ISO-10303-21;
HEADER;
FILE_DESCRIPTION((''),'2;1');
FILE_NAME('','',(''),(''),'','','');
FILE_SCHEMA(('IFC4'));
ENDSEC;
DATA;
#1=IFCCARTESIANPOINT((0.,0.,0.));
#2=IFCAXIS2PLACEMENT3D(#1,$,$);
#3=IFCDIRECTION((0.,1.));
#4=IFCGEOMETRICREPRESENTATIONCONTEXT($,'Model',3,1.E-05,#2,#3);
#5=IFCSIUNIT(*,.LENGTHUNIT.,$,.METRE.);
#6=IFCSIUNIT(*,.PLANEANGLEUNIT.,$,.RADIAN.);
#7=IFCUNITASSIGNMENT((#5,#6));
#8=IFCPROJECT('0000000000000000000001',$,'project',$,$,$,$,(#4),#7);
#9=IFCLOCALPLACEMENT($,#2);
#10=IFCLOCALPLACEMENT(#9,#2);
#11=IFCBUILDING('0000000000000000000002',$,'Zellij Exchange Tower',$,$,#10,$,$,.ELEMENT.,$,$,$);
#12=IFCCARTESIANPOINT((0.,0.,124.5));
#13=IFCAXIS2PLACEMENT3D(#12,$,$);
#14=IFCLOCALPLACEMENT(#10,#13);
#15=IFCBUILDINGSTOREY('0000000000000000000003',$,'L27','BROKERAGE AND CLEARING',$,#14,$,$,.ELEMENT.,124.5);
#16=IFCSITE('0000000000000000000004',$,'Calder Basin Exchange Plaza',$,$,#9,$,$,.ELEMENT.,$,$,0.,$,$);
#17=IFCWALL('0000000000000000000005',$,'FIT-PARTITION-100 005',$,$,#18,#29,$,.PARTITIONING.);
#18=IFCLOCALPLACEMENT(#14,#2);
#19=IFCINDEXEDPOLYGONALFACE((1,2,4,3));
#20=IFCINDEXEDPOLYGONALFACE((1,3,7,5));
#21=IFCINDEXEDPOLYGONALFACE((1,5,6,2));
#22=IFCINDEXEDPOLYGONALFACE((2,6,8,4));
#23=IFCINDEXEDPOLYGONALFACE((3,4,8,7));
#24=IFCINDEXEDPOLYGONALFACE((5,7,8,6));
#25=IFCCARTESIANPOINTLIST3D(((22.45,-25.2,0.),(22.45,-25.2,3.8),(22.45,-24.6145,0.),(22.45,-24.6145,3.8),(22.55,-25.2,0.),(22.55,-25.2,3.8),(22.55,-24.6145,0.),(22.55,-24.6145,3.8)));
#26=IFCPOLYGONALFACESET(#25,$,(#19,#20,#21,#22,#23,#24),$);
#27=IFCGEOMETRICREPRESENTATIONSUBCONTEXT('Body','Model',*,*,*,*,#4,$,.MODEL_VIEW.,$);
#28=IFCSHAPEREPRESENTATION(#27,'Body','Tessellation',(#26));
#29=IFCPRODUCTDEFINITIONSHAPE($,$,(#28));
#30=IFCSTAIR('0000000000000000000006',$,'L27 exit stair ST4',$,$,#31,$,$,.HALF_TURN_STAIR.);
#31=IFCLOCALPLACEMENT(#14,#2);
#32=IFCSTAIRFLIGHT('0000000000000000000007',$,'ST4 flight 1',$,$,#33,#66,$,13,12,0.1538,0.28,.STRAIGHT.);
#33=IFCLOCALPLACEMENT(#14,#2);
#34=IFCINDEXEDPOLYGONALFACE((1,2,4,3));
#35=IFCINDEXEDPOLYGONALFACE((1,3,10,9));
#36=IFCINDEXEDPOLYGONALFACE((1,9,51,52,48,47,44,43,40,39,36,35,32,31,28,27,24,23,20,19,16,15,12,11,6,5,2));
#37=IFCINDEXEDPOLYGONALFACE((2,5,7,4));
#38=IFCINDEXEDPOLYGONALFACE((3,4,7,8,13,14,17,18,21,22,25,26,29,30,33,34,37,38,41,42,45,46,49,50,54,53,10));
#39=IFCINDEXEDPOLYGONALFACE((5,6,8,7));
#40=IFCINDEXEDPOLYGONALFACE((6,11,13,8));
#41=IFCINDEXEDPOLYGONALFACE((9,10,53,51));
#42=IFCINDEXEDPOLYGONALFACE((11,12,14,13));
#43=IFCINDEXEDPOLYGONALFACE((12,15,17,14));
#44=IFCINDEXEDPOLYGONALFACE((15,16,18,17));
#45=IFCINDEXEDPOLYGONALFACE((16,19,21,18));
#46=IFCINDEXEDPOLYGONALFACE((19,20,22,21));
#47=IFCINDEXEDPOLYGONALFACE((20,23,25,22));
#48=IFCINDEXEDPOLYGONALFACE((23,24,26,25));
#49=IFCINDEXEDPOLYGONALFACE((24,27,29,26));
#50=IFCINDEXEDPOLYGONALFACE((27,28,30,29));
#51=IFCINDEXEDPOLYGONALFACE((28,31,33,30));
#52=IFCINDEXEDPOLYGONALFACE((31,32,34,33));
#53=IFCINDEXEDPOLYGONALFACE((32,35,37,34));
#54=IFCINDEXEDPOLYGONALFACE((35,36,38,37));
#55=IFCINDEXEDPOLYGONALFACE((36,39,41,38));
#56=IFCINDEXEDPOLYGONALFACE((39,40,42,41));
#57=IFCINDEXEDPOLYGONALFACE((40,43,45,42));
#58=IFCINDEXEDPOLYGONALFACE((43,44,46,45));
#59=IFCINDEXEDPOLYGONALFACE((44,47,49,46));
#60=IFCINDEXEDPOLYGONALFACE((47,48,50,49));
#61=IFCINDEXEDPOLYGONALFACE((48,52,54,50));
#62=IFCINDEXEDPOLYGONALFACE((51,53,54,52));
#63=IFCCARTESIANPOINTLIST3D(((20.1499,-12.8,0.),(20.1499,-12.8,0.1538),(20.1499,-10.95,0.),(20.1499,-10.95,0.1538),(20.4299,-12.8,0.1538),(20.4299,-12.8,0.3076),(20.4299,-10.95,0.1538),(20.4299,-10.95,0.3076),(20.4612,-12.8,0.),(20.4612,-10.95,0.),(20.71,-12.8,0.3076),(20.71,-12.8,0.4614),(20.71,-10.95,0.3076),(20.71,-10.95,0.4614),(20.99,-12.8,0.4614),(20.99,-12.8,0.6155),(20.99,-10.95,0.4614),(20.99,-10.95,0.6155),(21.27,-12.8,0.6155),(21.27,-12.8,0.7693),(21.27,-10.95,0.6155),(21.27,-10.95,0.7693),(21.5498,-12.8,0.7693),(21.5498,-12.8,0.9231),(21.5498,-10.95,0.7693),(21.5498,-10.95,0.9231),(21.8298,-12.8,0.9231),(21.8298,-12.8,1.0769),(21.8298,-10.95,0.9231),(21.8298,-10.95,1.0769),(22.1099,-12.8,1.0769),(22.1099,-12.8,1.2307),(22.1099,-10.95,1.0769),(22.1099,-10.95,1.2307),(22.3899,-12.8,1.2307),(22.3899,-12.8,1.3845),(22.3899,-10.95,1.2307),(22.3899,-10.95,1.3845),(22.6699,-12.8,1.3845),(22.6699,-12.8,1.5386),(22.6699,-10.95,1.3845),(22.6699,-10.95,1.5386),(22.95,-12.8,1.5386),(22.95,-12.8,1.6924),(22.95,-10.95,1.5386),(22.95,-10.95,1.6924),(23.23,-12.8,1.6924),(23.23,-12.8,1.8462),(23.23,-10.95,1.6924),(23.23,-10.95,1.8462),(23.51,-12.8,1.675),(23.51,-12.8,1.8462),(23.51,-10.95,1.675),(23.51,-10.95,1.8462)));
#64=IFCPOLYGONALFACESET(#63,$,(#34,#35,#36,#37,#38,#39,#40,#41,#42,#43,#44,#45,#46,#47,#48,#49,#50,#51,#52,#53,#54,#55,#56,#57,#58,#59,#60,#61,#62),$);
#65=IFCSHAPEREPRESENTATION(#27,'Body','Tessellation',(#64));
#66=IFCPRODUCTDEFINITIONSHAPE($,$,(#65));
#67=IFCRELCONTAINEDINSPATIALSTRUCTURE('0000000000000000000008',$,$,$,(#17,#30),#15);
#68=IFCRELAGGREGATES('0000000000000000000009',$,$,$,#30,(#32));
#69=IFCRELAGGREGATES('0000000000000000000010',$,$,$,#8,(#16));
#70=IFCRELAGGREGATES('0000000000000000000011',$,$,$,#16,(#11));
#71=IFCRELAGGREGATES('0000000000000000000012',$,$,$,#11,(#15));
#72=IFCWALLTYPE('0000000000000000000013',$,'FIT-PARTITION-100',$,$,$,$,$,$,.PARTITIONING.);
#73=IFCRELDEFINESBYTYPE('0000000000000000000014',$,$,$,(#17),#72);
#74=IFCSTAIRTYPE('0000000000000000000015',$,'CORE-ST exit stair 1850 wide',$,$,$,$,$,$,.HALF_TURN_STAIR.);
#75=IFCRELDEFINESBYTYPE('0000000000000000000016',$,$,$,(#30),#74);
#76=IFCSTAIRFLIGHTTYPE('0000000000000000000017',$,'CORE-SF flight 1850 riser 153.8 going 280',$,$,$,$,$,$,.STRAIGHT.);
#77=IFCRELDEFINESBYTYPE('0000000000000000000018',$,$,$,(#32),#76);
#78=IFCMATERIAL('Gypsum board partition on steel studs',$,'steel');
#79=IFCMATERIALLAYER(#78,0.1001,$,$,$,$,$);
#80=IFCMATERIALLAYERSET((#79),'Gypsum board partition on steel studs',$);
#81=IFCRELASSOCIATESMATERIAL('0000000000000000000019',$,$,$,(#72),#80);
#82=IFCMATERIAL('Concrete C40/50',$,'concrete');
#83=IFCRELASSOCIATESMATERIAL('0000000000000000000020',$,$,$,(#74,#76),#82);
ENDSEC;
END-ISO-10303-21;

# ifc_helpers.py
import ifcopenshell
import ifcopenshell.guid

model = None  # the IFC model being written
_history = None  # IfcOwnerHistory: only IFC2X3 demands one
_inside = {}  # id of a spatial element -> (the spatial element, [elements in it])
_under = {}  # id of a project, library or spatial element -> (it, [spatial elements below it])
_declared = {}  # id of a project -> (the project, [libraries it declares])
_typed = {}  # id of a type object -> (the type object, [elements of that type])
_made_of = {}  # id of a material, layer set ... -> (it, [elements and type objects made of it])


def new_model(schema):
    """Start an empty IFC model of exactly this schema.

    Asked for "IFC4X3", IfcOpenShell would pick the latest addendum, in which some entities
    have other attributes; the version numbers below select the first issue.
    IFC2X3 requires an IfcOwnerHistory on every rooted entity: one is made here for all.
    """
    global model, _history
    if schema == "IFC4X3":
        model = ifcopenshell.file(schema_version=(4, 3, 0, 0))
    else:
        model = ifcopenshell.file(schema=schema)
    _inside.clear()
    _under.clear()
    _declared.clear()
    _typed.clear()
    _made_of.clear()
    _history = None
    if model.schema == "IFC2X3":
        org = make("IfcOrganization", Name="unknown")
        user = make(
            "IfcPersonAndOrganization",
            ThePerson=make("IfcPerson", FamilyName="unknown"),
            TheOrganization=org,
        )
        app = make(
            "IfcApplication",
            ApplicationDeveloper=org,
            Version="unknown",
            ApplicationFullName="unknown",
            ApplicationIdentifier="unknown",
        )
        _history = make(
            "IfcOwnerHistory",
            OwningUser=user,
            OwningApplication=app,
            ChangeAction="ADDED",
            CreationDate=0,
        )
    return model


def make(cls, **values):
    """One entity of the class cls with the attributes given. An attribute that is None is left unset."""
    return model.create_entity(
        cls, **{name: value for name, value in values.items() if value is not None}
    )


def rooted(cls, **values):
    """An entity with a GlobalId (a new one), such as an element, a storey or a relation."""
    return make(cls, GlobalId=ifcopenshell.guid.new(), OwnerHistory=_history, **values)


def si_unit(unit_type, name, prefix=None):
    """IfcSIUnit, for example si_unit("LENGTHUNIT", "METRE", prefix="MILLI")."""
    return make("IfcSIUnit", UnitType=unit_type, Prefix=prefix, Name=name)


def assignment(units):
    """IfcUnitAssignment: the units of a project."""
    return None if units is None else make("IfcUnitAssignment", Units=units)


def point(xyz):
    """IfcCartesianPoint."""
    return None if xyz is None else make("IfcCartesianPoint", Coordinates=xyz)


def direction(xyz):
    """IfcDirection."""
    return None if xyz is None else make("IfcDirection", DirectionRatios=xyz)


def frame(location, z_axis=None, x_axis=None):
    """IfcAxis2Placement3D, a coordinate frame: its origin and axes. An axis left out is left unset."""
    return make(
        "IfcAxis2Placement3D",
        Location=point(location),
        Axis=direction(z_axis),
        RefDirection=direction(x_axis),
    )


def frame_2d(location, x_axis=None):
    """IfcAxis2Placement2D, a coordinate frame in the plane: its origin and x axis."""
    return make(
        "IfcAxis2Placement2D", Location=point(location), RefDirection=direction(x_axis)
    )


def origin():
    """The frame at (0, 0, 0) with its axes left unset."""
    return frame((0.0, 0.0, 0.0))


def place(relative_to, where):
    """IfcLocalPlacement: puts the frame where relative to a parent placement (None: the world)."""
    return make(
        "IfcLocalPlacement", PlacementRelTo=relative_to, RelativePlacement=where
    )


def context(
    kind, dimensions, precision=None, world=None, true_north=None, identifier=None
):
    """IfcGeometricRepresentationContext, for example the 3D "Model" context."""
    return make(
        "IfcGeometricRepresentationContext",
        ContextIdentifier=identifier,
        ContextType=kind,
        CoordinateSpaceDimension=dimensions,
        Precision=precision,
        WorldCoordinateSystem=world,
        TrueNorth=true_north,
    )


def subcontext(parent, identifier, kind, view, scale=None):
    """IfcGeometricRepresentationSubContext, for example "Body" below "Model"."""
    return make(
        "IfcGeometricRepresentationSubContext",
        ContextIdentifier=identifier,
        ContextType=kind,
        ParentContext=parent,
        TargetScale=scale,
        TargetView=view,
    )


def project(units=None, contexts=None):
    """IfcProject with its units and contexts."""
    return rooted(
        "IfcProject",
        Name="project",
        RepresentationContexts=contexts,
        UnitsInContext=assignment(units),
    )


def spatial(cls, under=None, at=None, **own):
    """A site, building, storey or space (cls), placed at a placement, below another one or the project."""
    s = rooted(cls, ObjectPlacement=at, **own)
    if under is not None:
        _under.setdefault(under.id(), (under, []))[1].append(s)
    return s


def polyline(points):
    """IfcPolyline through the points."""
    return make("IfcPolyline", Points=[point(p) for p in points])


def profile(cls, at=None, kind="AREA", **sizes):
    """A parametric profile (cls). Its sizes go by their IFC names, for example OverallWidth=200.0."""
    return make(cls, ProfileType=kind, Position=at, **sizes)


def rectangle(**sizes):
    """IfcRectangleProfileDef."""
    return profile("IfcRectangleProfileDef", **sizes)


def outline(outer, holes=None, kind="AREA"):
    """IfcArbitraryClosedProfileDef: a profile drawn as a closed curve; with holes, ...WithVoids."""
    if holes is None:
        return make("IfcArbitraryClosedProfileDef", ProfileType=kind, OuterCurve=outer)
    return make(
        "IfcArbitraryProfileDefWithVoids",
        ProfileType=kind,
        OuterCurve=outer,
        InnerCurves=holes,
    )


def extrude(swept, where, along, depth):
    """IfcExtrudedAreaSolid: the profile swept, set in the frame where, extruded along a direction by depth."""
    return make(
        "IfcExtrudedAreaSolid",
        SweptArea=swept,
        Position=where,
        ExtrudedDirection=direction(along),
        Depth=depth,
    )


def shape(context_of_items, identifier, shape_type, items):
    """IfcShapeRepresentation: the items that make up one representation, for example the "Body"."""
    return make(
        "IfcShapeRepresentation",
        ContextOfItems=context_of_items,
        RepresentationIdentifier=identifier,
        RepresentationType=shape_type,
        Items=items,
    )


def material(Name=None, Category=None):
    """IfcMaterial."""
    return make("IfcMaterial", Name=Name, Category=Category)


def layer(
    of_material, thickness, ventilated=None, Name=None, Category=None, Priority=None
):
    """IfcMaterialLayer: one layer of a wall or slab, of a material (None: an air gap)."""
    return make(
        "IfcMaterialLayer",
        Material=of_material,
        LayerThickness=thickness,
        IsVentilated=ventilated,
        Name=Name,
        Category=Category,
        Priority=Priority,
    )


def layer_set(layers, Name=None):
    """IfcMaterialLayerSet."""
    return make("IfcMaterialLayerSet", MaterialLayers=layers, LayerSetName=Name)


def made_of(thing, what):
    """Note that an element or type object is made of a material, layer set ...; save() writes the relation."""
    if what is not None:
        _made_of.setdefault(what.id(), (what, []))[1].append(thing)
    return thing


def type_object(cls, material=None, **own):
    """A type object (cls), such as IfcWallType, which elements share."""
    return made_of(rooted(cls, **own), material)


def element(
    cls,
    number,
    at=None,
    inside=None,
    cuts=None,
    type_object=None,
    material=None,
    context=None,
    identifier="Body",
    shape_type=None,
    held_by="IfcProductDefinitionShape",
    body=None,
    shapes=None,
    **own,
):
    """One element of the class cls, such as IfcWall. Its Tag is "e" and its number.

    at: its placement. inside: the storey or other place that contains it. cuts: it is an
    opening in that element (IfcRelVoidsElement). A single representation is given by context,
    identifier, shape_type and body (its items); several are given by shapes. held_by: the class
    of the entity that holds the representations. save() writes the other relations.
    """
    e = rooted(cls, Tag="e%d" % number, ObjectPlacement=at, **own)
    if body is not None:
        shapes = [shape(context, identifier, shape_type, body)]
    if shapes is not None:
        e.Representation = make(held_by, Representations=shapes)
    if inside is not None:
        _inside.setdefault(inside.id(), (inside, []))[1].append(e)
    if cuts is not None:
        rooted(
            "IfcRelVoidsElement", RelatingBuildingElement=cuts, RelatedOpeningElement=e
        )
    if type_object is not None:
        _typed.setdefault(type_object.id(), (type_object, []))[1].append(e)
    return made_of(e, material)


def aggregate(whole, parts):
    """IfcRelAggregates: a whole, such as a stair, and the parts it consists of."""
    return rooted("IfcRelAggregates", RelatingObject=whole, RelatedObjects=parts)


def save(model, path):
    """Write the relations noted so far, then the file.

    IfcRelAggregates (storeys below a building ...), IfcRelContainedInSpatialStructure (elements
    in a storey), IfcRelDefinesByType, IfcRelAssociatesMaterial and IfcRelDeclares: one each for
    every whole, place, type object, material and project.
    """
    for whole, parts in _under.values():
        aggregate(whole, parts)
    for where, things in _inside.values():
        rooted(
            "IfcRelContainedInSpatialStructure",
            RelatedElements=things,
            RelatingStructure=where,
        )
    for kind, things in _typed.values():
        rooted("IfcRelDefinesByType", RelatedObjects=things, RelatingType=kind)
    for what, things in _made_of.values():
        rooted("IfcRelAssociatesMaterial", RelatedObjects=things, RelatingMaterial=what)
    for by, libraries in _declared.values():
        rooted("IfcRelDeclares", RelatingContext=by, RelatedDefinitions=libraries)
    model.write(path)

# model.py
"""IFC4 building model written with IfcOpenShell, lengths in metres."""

from ifc_helpers import new_model, si_unit, direction, frame, frame_2d, origin, place, context, subcontext, project, spatial, polyline, rectangle, outline, extrude, material, layer, layer_set, type_object, element, aggregate, save


model = new_model("IFC4")

# Units and contexts
model_context = context("Model", 3, precision=1e-05, world=origin(), true_north=direction((0.0, 1.0)))
body_context = subcontext(model_context, "Body", "Model", "MODEL_VIEW")
ifc_project = project(units=[si_unit("LENGTHUNIT", "METRE"), si_unit("PLANEANGLEUNIT", "RADIAN")], contexts=[model_context])

# Site, building, storey
site_placement = place(None, origin())
site = spatial("IfcSite", under=ifc_project, at=site_placement, Name="Calder Basin Exchange Plaza", CompositionType="ELEMENT", RefElevation=0.0)
building_placement = place(site_placement, origin())
building = spatial("IfcBuilding", under=site, at=building_placement, Name="Zellij Exchange Tower", CompositionType="ELEMENT")
storey_placement = place(building_placement, frame((0.0, 0.0, 124.5)))
storey = spatial("IfcBuildingStorey", under=building, at=storey_placement, Name="L27", Description="BROKERAGE AND CLEARING", CompositionType="ELEMENT", Elevation=124.5)

# Wall
ifc_material_1 = material(Name="Gypsum board partition on steel studs", Category="steel")
ifc_layer_1 = layer(ifc_material_1, 0.1001)
ifc_layer_set_1 = layer_set([ifc_layer_1], Name="Gypsum board partition on steel studs")
wall_type_1 = type_object("IfcWallType", Name="FIT-PARTITION-100", PredefinedType="PARTITIONING", material=ifc_layer_set_1)
wall_1_placement = place(storey_placement, frame((22.5, -25.2, 0.0), z_axis=(0.0, 0.0, 1.0), x_axis=(0.0, 1.0, 0.0)))
element("IfcWall", 1, at=wall_1_placement, inside=storey, type_object=wall_type_1, Name="FIT-PARTITION-100 005", PredefinedType="PARTITIONING", context=body_context, shape_type="SweptSolid", body=[
    extrude(rectangle(XDim=0.5854, YDim=0.1001, at=frame_2d((0.2927, 0.0))), origin(), (0.0, 0.0, 1.0), 3.8),
])

# Stair, stair flight
ifc_material_2 = material(Name="Concrete C40/50", Category="concrete")
stair_type = type_object("IfcStairType", Name="CORE-ST exit stair 1850 wide", PredefinedType="HALF_TURN_STAIR", material=ifc_material_2)
stair_placement = place(storey_placement, origin())
stair = element("IfcStair", 2, at=stair_placement, inside=storey, type_object=stair_type, Name="L27 exit stair ST4", PredefinedType="HALF_TURN_STAIR")
stair_flight_type = type_object("IfcStairFlightType", Name="CORE-SF flight 1850 riser 153.8 going 280", PredefinedType="STRAIGHT", material=ifc_material_2)
stair_flight_placement = place(storey_placement, frame((20.1499, -11.875, 0.0), z_axis=(0.0, 0.0, 1.0), x_axis=(1.0, 0.0, 0.0)))
stair_flight = element("IfcStairFlight", 3, at=stair_flight_placement, type_object=stair_flight_type, Name="ST4 flight 1", NumberOfRisers=13, NumberOfTreads=12, PredefinedType="STRAIGHT", RiserHeight=0.1538, TreadLength=0.28, context=body_context, shape_type="SweptSolid", body=[
    extrude(outline(polyline([(0.0, 0.0), (0.0, 0.1538), (0.28, 0.1538), (0.28, 0.3076), (0.5601, 0.3076), (0.5601, 0.4614), (0.8401, 0.4614), (0.8401, 0.6155), (1.1201, 0.6155), (1.1201, 0.7693), (1.3999, 0.7693), (1.3999, 0.9231), (1.6799, 0.9231), (1.6799, 1.0769), (1.96, 1.0769), (1.96, 1.2307), (2.24, 1.2307), (2.24, 1.3845), (2.52, 1.3845), (2.52, 1.5386), (2.8, 1.5386), (2.8, 1.6924), (3.0801, 1.6924), (3.0801, 1.8462), (3.3601, 1.8462), (3.3601, 2.0), (3.3601, 1.675), (0.3113, 0.0), (0.0, 0.0)])), frame((0.0, 0.925, 0.0), z_axis=(0.0, -1.0, 0.0), x_axis=(1.0, 0.0, 0.0)), (0.0, 0.0, 1.0), 1.8501),
])
aggregate(stair, [stair_flight])

save(model, "model.ifc")
